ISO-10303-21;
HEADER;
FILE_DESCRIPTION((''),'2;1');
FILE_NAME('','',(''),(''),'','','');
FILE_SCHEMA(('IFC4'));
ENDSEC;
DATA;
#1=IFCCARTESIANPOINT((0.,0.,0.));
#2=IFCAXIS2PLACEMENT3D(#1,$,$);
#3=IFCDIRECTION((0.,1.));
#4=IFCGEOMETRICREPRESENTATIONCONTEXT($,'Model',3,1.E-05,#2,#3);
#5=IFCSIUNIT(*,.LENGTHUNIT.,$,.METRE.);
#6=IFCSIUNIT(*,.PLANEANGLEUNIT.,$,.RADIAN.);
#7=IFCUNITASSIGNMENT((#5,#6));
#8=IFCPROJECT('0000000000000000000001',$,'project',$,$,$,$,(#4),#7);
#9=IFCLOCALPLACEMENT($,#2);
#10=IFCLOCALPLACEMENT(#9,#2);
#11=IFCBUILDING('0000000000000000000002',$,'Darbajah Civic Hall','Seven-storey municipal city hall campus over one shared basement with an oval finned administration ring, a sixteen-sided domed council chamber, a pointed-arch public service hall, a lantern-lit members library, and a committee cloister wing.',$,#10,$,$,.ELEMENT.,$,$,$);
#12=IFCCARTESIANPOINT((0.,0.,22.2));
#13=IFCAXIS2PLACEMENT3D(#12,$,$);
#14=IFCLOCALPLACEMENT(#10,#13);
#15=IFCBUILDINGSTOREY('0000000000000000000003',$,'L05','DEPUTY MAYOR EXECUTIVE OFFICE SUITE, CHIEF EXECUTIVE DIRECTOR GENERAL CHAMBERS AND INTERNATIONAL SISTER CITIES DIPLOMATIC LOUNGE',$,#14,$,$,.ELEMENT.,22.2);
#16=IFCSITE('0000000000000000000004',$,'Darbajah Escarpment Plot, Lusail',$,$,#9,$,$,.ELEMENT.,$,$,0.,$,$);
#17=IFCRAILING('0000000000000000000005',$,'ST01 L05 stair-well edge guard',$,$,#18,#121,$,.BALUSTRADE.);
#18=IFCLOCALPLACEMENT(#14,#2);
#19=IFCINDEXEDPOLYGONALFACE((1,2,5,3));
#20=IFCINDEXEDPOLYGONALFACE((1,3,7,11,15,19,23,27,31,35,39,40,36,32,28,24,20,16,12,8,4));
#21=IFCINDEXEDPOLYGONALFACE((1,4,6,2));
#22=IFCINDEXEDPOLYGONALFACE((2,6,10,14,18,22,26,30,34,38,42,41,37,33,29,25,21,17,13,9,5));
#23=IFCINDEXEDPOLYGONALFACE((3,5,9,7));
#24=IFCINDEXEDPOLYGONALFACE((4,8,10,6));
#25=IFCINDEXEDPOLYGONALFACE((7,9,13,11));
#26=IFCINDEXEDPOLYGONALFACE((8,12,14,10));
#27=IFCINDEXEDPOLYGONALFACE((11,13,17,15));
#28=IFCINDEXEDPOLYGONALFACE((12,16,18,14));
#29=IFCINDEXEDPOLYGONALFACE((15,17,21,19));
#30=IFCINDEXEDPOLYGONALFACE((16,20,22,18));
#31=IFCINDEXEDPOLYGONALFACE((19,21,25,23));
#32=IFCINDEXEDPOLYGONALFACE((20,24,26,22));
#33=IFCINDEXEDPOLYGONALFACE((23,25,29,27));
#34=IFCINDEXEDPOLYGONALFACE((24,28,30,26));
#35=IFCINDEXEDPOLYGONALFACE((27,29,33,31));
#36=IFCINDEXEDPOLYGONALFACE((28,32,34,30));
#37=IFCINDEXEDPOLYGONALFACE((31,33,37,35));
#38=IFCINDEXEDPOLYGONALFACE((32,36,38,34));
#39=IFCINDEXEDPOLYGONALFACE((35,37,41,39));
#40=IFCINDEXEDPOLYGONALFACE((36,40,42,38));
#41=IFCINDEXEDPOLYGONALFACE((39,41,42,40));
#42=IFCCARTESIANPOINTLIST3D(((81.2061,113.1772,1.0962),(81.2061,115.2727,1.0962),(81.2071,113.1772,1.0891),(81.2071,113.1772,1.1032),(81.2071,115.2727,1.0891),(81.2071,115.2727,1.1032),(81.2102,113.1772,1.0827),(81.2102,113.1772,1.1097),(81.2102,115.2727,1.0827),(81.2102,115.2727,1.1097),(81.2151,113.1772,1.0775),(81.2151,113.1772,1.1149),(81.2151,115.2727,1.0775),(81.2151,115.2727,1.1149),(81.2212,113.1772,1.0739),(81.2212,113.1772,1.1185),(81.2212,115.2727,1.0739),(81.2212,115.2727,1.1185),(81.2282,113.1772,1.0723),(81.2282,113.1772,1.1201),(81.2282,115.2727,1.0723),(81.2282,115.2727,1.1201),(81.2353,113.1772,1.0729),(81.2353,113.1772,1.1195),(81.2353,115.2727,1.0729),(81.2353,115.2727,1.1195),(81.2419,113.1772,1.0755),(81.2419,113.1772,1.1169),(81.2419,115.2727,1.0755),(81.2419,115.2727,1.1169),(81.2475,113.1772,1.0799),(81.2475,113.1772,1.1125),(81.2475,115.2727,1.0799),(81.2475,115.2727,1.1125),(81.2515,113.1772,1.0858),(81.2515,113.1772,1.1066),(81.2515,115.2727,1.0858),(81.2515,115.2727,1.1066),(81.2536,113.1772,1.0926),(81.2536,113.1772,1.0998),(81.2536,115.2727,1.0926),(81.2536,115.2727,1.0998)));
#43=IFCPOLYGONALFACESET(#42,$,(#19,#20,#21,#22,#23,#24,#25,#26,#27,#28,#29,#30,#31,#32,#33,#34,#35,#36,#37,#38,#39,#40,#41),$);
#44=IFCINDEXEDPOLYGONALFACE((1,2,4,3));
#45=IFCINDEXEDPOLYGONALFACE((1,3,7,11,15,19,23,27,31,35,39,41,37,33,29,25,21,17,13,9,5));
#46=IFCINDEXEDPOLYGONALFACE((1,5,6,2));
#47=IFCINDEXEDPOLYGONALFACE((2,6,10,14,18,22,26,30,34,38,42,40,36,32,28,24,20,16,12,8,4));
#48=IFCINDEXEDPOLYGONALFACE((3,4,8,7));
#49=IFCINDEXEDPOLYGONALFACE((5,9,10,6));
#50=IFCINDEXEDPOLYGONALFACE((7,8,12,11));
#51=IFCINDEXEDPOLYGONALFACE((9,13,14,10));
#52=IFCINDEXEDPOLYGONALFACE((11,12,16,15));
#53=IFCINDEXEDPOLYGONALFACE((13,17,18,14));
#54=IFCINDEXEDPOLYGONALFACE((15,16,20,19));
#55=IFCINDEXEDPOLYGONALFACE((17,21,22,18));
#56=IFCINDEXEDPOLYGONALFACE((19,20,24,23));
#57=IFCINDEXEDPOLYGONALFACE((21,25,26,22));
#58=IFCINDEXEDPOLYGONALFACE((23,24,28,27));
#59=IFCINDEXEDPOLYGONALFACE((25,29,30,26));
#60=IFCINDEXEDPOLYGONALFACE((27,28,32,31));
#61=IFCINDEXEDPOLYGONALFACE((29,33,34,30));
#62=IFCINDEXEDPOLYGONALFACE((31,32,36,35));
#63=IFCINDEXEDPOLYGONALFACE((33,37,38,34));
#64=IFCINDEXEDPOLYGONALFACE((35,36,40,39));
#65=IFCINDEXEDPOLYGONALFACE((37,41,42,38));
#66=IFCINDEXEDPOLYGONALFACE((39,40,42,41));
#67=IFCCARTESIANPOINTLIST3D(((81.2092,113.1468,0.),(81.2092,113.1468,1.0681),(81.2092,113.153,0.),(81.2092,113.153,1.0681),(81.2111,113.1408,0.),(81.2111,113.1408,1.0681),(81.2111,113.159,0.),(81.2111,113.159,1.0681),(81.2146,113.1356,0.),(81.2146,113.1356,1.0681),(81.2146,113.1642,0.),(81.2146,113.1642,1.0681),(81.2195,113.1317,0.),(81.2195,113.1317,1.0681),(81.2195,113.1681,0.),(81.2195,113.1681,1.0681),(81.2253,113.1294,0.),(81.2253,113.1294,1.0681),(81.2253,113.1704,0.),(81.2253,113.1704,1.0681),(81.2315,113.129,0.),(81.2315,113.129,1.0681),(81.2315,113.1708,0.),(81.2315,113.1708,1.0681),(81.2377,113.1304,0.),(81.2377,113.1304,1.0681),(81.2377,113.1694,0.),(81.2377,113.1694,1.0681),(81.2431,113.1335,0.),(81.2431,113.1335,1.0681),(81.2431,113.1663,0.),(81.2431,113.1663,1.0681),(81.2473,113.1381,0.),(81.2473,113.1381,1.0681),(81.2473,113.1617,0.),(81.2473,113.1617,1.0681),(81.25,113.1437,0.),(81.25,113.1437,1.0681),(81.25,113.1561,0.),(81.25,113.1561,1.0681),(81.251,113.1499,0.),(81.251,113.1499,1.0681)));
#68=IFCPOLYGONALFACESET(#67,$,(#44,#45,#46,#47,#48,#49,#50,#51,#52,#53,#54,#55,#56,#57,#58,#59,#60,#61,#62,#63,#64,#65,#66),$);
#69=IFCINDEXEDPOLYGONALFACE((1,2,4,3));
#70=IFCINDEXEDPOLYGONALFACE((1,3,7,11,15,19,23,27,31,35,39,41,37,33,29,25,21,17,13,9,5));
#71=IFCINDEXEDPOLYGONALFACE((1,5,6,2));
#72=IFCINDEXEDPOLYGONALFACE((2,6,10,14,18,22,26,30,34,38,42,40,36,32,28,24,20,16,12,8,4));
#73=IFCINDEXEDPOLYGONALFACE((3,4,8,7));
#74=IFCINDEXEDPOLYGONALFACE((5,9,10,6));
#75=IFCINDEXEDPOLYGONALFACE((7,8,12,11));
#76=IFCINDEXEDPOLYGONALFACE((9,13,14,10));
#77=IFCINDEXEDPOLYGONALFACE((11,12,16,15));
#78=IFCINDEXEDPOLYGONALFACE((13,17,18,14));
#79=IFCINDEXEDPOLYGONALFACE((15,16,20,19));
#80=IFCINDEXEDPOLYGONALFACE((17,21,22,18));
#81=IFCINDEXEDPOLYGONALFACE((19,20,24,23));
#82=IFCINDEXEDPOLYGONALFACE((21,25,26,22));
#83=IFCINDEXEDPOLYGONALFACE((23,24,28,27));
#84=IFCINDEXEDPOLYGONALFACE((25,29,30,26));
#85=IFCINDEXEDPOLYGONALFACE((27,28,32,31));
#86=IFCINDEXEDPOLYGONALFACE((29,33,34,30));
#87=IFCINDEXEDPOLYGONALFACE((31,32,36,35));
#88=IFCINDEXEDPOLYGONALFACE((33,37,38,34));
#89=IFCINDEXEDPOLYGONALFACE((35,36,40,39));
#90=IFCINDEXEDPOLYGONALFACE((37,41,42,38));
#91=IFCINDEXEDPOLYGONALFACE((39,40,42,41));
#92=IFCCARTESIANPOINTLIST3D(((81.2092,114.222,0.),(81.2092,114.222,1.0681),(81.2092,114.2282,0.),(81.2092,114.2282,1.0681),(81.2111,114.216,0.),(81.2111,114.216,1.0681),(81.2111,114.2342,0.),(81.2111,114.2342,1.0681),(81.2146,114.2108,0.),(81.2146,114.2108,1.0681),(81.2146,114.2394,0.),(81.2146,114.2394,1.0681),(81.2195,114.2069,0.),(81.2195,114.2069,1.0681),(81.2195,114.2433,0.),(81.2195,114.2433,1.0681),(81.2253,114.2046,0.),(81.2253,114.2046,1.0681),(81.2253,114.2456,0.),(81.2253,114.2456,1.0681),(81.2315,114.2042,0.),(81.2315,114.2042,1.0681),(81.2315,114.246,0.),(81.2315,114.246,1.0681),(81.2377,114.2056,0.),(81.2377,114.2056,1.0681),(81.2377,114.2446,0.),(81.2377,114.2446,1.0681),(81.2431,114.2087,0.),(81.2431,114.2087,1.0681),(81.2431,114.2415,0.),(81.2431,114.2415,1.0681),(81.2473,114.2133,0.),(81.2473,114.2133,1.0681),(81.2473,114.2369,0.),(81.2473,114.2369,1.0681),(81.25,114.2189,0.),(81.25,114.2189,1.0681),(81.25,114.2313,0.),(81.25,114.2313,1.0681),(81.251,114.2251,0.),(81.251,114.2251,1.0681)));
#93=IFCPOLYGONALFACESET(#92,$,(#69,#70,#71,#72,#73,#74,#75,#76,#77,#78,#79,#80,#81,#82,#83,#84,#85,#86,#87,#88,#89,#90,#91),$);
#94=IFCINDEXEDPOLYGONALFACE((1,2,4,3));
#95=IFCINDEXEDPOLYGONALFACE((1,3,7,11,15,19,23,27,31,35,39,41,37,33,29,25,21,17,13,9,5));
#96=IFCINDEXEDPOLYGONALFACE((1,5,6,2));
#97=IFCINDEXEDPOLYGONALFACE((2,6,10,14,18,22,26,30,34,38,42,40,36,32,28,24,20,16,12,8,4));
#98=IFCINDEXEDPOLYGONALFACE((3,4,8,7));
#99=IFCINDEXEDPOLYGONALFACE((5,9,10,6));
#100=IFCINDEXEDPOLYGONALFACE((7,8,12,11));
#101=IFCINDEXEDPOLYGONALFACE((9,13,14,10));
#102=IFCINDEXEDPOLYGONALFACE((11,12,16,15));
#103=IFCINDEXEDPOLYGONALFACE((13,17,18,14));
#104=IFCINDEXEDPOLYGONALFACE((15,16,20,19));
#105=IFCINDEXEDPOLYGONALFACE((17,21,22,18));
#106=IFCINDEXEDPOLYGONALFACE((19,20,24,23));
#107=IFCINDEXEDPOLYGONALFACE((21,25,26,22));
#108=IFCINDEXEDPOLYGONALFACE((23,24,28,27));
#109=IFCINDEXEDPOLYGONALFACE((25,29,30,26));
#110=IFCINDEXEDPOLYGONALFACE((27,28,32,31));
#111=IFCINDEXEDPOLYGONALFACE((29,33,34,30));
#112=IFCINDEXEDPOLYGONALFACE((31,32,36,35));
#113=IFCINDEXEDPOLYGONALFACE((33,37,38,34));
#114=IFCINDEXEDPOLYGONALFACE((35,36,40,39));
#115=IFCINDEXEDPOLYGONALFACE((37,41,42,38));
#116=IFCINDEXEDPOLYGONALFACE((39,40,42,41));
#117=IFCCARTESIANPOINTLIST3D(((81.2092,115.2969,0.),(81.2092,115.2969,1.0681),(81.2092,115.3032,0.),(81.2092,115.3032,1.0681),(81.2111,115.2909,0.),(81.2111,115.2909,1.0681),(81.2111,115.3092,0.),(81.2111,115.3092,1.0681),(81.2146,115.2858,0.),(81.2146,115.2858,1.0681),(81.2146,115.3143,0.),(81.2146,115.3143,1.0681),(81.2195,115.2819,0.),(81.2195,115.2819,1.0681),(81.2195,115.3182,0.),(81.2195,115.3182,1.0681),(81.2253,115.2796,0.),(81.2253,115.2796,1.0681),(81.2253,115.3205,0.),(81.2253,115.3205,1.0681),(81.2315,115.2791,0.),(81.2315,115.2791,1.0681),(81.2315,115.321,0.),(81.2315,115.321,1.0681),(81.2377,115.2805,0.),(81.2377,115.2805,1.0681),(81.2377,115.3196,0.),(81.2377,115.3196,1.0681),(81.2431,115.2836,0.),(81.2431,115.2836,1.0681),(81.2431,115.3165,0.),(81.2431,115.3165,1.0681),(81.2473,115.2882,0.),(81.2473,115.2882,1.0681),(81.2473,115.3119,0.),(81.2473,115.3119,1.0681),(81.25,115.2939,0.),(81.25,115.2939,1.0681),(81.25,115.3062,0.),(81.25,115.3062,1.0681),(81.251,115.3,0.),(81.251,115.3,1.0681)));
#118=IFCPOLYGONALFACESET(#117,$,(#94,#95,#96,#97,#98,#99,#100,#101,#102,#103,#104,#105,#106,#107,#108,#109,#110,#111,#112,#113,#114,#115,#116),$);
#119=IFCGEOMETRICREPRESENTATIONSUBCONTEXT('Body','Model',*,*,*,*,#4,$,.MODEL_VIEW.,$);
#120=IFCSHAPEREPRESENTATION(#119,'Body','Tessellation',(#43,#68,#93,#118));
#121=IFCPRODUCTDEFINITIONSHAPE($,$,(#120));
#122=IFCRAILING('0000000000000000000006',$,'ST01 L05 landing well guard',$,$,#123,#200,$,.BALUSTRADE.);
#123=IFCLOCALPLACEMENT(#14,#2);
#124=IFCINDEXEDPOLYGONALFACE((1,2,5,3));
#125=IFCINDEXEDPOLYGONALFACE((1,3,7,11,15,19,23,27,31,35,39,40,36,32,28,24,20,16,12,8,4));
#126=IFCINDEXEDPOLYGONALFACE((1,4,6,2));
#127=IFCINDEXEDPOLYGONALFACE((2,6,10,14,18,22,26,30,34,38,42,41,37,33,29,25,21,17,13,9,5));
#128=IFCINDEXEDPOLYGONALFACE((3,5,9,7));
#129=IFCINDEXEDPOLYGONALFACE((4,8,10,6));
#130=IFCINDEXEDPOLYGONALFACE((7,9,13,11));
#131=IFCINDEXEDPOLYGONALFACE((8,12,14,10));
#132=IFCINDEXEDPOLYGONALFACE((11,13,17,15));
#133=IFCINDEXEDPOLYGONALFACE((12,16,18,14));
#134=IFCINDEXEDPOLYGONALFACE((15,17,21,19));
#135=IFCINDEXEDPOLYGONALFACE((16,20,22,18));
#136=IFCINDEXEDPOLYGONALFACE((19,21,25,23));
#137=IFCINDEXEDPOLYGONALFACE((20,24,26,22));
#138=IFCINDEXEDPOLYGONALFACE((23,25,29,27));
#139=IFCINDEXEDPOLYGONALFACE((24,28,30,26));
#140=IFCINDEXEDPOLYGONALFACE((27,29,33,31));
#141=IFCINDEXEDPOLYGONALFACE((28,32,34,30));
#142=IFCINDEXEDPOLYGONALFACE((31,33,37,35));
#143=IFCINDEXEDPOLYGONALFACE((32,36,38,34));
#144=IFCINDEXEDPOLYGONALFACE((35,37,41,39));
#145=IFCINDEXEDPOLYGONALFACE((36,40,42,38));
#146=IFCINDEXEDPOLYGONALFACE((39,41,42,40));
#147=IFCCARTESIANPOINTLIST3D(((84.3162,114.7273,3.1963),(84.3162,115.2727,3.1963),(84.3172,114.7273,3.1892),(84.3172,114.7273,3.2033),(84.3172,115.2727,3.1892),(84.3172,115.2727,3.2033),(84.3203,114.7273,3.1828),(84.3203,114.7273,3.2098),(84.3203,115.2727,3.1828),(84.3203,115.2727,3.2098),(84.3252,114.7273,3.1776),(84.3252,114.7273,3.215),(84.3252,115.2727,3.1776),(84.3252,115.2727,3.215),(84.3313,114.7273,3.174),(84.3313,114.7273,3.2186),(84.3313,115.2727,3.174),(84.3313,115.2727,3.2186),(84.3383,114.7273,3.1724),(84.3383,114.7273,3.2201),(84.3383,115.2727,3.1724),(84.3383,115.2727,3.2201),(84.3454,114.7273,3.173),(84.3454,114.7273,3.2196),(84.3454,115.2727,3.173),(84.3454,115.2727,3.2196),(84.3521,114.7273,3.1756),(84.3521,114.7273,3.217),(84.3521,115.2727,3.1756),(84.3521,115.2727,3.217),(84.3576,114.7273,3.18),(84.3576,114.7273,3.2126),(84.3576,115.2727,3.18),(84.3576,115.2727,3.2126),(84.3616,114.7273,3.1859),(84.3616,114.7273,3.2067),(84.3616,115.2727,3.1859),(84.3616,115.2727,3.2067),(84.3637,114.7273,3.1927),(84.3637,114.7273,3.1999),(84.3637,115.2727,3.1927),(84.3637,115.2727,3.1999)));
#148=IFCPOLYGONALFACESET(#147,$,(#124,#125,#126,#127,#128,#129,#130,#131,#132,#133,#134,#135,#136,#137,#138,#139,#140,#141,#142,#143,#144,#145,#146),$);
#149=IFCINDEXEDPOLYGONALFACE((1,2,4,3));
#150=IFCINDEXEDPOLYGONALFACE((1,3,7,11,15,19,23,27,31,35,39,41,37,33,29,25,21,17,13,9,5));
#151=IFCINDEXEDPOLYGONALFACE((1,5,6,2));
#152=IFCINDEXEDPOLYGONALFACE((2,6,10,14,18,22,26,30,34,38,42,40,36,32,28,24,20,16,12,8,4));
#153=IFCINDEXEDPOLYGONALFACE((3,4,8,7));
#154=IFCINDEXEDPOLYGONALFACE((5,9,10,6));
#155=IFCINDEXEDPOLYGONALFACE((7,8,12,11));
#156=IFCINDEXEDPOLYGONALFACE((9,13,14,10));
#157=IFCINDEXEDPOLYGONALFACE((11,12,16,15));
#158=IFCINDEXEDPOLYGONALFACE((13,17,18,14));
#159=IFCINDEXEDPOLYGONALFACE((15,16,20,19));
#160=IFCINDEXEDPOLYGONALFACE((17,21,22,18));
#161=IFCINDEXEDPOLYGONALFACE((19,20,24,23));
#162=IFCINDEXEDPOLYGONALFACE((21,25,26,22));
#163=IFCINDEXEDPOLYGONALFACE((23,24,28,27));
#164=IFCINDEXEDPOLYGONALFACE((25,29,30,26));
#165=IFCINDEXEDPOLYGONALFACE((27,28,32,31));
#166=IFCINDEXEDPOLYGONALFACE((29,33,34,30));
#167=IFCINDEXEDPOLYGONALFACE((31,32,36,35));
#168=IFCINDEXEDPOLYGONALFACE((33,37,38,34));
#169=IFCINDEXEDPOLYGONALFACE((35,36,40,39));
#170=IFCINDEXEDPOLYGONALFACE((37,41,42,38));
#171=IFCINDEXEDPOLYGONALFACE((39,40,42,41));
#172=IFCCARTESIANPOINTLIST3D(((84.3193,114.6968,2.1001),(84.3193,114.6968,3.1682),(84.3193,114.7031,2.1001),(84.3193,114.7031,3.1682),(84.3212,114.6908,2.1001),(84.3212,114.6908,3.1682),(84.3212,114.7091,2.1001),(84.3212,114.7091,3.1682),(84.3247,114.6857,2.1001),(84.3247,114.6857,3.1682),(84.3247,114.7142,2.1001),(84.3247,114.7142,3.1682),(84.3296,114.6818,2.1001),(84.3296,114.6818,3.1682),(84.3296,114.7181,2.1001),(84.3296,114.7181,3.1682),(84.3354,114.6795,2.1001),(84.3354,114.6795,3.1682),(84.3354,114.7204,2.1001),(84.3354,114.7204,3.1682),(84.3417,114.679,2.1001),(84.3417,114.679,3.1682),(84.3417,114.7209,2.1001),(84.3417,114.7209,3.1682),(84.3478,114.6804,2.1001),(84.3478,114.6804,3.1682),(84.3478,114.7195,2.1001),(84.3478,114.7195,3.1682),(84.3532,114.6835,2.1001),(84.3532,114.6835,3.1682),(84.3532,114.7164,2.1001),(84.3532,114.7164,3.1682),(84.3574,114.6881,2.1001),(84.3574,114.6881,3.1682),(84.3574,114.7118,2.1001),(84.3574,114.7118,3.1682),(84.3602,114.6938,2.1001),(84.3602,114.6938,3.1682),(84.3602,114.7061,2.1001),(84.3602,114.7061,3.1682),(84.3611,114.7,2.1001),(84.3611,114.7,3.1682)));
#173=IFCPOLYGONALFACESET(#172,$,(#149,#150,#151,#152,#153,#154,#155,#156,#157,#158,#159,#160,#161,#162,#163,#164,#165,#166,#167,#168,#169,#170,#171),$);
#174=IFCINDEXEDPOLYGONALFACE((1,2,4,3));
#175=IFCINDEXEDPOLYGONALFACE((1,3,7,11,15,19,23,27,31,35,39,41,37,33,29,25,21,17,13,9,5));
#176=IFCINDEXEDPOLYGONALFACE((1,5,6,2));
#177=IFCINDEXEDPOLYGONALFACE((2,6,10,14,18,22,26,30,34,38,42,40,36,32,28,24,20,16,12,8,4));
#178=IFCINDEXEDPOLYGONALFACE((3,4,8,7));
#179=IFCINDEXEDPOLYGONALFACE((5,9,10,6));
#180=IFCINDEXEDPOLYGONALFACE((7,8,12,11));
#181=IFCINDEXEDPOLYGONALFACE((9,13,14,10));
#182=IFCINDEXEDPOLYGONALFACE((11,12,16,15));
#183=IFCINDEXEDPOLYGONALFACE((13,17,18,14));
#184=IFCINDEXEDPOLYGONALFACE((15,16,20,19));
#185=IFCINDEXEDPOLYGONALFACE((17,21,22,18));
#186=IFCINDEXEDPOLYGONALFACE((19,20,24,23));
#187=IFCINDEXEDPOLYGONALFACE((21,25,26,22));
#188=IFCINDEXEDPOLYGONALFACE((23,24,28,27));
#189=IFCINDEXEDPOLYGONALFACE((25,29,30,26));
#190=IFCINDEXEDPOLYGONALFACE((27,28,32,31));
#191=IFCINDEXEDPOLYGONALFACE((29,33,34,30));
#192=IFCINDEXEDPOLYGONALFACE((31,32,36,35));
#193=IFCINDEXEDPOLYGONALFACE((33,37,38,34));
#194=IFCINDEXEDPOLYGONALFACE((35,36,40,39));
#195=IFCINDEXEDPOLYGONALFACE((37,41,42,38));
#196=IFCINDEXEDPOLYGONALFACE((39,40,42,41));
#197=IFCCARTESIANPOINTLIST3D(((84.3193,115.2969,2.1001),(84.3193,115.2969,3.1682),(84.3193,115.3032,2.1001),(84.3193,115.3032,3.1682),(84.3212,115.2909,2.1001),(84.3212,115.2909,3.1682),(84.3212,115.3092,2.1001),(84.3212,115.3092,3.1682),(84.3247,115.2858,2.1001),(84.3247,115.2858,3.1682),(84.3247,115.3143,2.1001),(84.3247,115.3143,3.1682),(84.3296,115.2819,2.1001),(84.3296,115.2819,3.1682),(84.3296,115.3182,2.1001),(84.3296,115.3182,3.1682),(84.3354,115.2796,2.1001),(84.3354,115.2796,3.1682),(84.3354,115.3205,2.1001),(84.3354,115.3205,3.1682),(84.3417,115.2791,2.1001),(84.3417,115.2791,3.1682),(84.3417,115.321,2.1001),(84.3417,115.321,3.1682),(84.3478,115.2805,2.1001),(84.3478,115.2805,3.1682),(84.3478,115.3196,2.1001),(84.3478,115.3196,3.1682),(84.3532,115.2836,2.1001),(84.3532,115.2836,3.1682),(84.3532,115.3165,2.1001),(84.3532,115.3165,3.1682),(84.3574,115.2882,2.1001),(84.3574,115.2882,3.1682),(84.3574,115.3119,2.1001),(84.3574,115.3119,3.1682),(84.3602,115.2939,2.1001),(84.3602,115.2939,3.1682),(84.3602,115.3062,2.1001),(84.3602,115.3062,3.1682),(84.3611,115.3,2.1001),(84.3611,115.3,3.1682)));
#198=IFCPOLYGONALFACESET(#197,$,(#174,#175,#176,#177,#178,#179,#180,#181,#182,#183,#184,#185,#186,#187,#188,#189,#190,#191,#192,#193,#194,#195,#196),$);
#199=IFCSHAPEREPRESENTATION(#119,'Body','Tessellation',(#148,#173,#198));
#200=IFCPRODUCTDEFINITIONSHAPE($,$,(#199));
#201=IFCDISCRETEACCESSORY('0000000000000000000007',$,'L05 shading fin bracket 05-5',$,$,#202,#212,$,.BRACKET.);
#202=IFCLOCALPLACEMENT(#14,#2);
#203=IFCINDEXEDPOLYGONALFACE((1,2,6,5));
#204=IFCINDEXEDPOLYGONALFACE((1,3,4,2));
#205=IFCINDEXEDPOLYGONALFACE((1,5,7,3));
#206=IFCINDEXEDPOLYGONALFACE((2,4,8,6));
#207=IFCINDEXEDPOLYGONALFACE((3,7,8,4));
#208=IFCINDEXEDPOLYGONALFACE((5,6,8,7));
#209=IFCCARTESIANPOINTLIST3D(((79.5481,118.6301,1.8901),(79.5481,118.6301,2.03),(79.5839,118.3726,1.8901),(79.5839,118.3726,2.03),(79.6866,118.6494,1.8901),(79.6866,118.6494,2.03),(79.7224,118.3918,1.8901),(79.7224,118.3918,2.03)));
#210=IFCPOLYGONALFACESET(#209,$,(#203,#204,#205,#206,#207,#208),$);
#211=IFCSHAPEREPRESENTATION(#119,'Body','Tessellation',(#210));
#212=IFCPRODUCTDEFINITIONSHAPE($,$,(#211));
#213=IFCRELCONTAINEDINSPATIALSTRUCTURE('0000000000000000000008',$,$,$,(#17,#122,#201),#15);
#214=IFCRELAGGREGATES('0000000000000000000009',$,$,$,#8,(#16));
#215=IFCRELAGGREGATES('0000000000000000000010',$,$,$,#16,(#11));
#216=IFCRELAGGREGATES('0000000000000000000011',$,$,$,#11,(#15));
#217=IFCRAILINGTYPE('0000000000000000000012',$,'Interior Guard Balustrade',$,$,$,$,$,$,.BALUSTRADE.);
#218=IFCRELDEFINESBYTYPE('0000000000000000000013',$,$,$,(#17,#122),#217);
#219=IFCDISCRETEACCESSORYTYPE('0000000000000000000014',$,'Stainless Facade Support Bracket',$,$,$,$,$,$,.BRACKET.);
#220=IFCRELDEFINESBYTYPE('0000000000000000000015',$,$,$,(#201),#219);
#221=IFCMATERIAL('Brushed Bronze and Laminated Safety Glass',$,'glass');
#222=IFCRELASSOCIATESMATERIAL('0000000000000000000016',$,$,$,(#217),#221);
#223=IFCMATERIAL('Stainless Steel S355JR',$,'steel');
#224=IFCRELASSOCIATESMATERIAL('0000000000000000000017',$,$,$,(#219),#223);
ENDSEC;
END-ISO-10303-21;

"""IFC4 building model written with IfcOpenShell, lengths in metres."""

from ifc_helpers import new_model, si_unit, direction, frame, origin, origin_2d, place, context, subcontext, project, spatial, rectangle, circle, extrude, material, type_object, element, save


model = new_model("IFC4")

# Units and contexts
model_context = context("Model", 3, precision=1e-05, world=origin(), true_north=direction((0.0, 1.0)))
body_context = subcontext(model_context, "Body", "Model", "MODEL_VIEW")
ifc_project = project(units=[si_unit("LENGTHUNIT", "METRE"), si_unit("PLANEANGLEUNIT", "RADIAN")], contexts=[model_context])

# Site, building, storey
site_placement = place(None, origin())
site = spatial("IfcSite", under=ifc_project, at=site_placement, Name="Darbajah Escarpment Plot, Lusail", CompositionType="ELEMENT", RefElevation=0.0)
building_placement = place(site_placement, origin())
building = spatial("IfcBuilding", under=site, at=building_placement, Name="Darbajah Civic Hall", Description="Seven-storey municipal city hall campus over one shared basement with an oval finned administration ring, a sixteen-sided domed council chamber, a pointed-arch public service hall, a lantern-lit members library, and a committee cloister wing.", CompositionType="ELEMENT")
storey_placement = place(building_placement, frame((0.0, 0.0, 22.2)))
storey = spatial("IfcBuildingStorey", under=building, at=storey_placement, Name="L05", Description="DEPUTY MAYOR EXECUTIVE OFFICE SUITE, CHIEF EXECUTIVE DIRECTOR GENERAL CHAMBERS AND INTERNATIONAL SISTER CITIES DIPLOMATIC LOUNGE", CompositionType="ELEMENT", Elevation=22.2)

# Railings
ifc_material_1 = material(Name="Brushed Bronze and Laminated Safety Glass", Category="glass")
railing_type_1 = type_object("IfcRailingType", Name="Interior Guard Balustrade", PredefinedType="BALUSTRADE", material=ifc_material_1)
railing_1_placement = place(storey_placement, frame((81.23, 113.1499, 0.0)))
element("IfcRailing", 1, at=railing_1_placement, inside=storey, type_object=railing_type_1, Name="ST01 L05 stair-well edge guard", PredefinedType="BALUSTRADE", context=body_context, shape_type="SweptSolid", body=[
    extrude(circle(Radius=0.0239, at=origin_2d()), frame((0.0, 0.0273, 1.0962), z_axis=(0.0, 1.0, 0.0), x_axis=(-1.0, 0.0, 0.0)), (0.0, 0.0, 1.0), 2.0955),
    extrude(circle(Radius=0.021, at=origin_2d()), origin(), (0.0, 0.0, 1.0), 1.0681),
    extrude(circle(Radius=0.021, at=origin_2d()), frame((0.0, 1.0752, 0.0)), (0.0, 0.0, 1.0), 1.0681),
    extrude(circle(Radius=0.021, at=origin_2d()), frame((0.0, 2.1501, 0.0)), (0.0, 0.0, 1.0), 1.0681),
])
railing_2_placement = place(storey_placement, frame((84.3401, 114.7, 2.1001)))
element("IfcRailing", 2, at=railing_2_placement, inside=storey, type_object=railing_type_1, Name="ST01 L05 landing well guard", PredefinedType="BALUSTRADE", context=body_context, shape_type="SweptSolid", body=[
    extrude(circle(Radius=0.0239, at=origin_2d()), frame((0.0, 0.0273, 1.0962), z_axis=(0.0, 1.0, 0.0), x_axis=(-1.0, 0.0, 0.0)), (0.0, 0.0, 1.0), 0.5454),
    extrude(circle(Radius=0.021, at=origin_2d()), origin(), (0.0, 0.0, 1.0), 1.0681),
    extrude(circle(Radius=0.021, at=origin_2d()), frame((0.0, 0.6001, 0.0)), (0.0, 0.0, 1.0), 1.0681),
])

# Discrete accessory
ifc_material_2 = material(Name="Stainless Steel S355JR", Category="steel")
discrete_accessory_type = type_object("IfcDiscreteAccessoryType", Name="Stainless Facade Support Bracket", PredefinedType="BRACKET", material=ifc_material_2)
discrete_accessory_placement = place(storey_placement, frame((79.6353, 118.511, 1.8901), z_axis=(0.0, 0.0, 1.0), x_axis=(-0.137617, 0.990485, 0.0)))
element("IfcDiscreteAccessory", 3, at=discrete_accessory_placement, inside=storey, type_object=discrete_accessory_type, Name="L05 shading fin bracket 05-5", PredefinedType="BRACKET", context=body_context, shape_type="SweptSolid", body=[
    extrude(rectangle(XDim=0.26, YDim=0.1399, at=origin_2d()), origin(), (0.0, 0.0, 1.0), 0.1399),
])

save(model, "model.ifc")
